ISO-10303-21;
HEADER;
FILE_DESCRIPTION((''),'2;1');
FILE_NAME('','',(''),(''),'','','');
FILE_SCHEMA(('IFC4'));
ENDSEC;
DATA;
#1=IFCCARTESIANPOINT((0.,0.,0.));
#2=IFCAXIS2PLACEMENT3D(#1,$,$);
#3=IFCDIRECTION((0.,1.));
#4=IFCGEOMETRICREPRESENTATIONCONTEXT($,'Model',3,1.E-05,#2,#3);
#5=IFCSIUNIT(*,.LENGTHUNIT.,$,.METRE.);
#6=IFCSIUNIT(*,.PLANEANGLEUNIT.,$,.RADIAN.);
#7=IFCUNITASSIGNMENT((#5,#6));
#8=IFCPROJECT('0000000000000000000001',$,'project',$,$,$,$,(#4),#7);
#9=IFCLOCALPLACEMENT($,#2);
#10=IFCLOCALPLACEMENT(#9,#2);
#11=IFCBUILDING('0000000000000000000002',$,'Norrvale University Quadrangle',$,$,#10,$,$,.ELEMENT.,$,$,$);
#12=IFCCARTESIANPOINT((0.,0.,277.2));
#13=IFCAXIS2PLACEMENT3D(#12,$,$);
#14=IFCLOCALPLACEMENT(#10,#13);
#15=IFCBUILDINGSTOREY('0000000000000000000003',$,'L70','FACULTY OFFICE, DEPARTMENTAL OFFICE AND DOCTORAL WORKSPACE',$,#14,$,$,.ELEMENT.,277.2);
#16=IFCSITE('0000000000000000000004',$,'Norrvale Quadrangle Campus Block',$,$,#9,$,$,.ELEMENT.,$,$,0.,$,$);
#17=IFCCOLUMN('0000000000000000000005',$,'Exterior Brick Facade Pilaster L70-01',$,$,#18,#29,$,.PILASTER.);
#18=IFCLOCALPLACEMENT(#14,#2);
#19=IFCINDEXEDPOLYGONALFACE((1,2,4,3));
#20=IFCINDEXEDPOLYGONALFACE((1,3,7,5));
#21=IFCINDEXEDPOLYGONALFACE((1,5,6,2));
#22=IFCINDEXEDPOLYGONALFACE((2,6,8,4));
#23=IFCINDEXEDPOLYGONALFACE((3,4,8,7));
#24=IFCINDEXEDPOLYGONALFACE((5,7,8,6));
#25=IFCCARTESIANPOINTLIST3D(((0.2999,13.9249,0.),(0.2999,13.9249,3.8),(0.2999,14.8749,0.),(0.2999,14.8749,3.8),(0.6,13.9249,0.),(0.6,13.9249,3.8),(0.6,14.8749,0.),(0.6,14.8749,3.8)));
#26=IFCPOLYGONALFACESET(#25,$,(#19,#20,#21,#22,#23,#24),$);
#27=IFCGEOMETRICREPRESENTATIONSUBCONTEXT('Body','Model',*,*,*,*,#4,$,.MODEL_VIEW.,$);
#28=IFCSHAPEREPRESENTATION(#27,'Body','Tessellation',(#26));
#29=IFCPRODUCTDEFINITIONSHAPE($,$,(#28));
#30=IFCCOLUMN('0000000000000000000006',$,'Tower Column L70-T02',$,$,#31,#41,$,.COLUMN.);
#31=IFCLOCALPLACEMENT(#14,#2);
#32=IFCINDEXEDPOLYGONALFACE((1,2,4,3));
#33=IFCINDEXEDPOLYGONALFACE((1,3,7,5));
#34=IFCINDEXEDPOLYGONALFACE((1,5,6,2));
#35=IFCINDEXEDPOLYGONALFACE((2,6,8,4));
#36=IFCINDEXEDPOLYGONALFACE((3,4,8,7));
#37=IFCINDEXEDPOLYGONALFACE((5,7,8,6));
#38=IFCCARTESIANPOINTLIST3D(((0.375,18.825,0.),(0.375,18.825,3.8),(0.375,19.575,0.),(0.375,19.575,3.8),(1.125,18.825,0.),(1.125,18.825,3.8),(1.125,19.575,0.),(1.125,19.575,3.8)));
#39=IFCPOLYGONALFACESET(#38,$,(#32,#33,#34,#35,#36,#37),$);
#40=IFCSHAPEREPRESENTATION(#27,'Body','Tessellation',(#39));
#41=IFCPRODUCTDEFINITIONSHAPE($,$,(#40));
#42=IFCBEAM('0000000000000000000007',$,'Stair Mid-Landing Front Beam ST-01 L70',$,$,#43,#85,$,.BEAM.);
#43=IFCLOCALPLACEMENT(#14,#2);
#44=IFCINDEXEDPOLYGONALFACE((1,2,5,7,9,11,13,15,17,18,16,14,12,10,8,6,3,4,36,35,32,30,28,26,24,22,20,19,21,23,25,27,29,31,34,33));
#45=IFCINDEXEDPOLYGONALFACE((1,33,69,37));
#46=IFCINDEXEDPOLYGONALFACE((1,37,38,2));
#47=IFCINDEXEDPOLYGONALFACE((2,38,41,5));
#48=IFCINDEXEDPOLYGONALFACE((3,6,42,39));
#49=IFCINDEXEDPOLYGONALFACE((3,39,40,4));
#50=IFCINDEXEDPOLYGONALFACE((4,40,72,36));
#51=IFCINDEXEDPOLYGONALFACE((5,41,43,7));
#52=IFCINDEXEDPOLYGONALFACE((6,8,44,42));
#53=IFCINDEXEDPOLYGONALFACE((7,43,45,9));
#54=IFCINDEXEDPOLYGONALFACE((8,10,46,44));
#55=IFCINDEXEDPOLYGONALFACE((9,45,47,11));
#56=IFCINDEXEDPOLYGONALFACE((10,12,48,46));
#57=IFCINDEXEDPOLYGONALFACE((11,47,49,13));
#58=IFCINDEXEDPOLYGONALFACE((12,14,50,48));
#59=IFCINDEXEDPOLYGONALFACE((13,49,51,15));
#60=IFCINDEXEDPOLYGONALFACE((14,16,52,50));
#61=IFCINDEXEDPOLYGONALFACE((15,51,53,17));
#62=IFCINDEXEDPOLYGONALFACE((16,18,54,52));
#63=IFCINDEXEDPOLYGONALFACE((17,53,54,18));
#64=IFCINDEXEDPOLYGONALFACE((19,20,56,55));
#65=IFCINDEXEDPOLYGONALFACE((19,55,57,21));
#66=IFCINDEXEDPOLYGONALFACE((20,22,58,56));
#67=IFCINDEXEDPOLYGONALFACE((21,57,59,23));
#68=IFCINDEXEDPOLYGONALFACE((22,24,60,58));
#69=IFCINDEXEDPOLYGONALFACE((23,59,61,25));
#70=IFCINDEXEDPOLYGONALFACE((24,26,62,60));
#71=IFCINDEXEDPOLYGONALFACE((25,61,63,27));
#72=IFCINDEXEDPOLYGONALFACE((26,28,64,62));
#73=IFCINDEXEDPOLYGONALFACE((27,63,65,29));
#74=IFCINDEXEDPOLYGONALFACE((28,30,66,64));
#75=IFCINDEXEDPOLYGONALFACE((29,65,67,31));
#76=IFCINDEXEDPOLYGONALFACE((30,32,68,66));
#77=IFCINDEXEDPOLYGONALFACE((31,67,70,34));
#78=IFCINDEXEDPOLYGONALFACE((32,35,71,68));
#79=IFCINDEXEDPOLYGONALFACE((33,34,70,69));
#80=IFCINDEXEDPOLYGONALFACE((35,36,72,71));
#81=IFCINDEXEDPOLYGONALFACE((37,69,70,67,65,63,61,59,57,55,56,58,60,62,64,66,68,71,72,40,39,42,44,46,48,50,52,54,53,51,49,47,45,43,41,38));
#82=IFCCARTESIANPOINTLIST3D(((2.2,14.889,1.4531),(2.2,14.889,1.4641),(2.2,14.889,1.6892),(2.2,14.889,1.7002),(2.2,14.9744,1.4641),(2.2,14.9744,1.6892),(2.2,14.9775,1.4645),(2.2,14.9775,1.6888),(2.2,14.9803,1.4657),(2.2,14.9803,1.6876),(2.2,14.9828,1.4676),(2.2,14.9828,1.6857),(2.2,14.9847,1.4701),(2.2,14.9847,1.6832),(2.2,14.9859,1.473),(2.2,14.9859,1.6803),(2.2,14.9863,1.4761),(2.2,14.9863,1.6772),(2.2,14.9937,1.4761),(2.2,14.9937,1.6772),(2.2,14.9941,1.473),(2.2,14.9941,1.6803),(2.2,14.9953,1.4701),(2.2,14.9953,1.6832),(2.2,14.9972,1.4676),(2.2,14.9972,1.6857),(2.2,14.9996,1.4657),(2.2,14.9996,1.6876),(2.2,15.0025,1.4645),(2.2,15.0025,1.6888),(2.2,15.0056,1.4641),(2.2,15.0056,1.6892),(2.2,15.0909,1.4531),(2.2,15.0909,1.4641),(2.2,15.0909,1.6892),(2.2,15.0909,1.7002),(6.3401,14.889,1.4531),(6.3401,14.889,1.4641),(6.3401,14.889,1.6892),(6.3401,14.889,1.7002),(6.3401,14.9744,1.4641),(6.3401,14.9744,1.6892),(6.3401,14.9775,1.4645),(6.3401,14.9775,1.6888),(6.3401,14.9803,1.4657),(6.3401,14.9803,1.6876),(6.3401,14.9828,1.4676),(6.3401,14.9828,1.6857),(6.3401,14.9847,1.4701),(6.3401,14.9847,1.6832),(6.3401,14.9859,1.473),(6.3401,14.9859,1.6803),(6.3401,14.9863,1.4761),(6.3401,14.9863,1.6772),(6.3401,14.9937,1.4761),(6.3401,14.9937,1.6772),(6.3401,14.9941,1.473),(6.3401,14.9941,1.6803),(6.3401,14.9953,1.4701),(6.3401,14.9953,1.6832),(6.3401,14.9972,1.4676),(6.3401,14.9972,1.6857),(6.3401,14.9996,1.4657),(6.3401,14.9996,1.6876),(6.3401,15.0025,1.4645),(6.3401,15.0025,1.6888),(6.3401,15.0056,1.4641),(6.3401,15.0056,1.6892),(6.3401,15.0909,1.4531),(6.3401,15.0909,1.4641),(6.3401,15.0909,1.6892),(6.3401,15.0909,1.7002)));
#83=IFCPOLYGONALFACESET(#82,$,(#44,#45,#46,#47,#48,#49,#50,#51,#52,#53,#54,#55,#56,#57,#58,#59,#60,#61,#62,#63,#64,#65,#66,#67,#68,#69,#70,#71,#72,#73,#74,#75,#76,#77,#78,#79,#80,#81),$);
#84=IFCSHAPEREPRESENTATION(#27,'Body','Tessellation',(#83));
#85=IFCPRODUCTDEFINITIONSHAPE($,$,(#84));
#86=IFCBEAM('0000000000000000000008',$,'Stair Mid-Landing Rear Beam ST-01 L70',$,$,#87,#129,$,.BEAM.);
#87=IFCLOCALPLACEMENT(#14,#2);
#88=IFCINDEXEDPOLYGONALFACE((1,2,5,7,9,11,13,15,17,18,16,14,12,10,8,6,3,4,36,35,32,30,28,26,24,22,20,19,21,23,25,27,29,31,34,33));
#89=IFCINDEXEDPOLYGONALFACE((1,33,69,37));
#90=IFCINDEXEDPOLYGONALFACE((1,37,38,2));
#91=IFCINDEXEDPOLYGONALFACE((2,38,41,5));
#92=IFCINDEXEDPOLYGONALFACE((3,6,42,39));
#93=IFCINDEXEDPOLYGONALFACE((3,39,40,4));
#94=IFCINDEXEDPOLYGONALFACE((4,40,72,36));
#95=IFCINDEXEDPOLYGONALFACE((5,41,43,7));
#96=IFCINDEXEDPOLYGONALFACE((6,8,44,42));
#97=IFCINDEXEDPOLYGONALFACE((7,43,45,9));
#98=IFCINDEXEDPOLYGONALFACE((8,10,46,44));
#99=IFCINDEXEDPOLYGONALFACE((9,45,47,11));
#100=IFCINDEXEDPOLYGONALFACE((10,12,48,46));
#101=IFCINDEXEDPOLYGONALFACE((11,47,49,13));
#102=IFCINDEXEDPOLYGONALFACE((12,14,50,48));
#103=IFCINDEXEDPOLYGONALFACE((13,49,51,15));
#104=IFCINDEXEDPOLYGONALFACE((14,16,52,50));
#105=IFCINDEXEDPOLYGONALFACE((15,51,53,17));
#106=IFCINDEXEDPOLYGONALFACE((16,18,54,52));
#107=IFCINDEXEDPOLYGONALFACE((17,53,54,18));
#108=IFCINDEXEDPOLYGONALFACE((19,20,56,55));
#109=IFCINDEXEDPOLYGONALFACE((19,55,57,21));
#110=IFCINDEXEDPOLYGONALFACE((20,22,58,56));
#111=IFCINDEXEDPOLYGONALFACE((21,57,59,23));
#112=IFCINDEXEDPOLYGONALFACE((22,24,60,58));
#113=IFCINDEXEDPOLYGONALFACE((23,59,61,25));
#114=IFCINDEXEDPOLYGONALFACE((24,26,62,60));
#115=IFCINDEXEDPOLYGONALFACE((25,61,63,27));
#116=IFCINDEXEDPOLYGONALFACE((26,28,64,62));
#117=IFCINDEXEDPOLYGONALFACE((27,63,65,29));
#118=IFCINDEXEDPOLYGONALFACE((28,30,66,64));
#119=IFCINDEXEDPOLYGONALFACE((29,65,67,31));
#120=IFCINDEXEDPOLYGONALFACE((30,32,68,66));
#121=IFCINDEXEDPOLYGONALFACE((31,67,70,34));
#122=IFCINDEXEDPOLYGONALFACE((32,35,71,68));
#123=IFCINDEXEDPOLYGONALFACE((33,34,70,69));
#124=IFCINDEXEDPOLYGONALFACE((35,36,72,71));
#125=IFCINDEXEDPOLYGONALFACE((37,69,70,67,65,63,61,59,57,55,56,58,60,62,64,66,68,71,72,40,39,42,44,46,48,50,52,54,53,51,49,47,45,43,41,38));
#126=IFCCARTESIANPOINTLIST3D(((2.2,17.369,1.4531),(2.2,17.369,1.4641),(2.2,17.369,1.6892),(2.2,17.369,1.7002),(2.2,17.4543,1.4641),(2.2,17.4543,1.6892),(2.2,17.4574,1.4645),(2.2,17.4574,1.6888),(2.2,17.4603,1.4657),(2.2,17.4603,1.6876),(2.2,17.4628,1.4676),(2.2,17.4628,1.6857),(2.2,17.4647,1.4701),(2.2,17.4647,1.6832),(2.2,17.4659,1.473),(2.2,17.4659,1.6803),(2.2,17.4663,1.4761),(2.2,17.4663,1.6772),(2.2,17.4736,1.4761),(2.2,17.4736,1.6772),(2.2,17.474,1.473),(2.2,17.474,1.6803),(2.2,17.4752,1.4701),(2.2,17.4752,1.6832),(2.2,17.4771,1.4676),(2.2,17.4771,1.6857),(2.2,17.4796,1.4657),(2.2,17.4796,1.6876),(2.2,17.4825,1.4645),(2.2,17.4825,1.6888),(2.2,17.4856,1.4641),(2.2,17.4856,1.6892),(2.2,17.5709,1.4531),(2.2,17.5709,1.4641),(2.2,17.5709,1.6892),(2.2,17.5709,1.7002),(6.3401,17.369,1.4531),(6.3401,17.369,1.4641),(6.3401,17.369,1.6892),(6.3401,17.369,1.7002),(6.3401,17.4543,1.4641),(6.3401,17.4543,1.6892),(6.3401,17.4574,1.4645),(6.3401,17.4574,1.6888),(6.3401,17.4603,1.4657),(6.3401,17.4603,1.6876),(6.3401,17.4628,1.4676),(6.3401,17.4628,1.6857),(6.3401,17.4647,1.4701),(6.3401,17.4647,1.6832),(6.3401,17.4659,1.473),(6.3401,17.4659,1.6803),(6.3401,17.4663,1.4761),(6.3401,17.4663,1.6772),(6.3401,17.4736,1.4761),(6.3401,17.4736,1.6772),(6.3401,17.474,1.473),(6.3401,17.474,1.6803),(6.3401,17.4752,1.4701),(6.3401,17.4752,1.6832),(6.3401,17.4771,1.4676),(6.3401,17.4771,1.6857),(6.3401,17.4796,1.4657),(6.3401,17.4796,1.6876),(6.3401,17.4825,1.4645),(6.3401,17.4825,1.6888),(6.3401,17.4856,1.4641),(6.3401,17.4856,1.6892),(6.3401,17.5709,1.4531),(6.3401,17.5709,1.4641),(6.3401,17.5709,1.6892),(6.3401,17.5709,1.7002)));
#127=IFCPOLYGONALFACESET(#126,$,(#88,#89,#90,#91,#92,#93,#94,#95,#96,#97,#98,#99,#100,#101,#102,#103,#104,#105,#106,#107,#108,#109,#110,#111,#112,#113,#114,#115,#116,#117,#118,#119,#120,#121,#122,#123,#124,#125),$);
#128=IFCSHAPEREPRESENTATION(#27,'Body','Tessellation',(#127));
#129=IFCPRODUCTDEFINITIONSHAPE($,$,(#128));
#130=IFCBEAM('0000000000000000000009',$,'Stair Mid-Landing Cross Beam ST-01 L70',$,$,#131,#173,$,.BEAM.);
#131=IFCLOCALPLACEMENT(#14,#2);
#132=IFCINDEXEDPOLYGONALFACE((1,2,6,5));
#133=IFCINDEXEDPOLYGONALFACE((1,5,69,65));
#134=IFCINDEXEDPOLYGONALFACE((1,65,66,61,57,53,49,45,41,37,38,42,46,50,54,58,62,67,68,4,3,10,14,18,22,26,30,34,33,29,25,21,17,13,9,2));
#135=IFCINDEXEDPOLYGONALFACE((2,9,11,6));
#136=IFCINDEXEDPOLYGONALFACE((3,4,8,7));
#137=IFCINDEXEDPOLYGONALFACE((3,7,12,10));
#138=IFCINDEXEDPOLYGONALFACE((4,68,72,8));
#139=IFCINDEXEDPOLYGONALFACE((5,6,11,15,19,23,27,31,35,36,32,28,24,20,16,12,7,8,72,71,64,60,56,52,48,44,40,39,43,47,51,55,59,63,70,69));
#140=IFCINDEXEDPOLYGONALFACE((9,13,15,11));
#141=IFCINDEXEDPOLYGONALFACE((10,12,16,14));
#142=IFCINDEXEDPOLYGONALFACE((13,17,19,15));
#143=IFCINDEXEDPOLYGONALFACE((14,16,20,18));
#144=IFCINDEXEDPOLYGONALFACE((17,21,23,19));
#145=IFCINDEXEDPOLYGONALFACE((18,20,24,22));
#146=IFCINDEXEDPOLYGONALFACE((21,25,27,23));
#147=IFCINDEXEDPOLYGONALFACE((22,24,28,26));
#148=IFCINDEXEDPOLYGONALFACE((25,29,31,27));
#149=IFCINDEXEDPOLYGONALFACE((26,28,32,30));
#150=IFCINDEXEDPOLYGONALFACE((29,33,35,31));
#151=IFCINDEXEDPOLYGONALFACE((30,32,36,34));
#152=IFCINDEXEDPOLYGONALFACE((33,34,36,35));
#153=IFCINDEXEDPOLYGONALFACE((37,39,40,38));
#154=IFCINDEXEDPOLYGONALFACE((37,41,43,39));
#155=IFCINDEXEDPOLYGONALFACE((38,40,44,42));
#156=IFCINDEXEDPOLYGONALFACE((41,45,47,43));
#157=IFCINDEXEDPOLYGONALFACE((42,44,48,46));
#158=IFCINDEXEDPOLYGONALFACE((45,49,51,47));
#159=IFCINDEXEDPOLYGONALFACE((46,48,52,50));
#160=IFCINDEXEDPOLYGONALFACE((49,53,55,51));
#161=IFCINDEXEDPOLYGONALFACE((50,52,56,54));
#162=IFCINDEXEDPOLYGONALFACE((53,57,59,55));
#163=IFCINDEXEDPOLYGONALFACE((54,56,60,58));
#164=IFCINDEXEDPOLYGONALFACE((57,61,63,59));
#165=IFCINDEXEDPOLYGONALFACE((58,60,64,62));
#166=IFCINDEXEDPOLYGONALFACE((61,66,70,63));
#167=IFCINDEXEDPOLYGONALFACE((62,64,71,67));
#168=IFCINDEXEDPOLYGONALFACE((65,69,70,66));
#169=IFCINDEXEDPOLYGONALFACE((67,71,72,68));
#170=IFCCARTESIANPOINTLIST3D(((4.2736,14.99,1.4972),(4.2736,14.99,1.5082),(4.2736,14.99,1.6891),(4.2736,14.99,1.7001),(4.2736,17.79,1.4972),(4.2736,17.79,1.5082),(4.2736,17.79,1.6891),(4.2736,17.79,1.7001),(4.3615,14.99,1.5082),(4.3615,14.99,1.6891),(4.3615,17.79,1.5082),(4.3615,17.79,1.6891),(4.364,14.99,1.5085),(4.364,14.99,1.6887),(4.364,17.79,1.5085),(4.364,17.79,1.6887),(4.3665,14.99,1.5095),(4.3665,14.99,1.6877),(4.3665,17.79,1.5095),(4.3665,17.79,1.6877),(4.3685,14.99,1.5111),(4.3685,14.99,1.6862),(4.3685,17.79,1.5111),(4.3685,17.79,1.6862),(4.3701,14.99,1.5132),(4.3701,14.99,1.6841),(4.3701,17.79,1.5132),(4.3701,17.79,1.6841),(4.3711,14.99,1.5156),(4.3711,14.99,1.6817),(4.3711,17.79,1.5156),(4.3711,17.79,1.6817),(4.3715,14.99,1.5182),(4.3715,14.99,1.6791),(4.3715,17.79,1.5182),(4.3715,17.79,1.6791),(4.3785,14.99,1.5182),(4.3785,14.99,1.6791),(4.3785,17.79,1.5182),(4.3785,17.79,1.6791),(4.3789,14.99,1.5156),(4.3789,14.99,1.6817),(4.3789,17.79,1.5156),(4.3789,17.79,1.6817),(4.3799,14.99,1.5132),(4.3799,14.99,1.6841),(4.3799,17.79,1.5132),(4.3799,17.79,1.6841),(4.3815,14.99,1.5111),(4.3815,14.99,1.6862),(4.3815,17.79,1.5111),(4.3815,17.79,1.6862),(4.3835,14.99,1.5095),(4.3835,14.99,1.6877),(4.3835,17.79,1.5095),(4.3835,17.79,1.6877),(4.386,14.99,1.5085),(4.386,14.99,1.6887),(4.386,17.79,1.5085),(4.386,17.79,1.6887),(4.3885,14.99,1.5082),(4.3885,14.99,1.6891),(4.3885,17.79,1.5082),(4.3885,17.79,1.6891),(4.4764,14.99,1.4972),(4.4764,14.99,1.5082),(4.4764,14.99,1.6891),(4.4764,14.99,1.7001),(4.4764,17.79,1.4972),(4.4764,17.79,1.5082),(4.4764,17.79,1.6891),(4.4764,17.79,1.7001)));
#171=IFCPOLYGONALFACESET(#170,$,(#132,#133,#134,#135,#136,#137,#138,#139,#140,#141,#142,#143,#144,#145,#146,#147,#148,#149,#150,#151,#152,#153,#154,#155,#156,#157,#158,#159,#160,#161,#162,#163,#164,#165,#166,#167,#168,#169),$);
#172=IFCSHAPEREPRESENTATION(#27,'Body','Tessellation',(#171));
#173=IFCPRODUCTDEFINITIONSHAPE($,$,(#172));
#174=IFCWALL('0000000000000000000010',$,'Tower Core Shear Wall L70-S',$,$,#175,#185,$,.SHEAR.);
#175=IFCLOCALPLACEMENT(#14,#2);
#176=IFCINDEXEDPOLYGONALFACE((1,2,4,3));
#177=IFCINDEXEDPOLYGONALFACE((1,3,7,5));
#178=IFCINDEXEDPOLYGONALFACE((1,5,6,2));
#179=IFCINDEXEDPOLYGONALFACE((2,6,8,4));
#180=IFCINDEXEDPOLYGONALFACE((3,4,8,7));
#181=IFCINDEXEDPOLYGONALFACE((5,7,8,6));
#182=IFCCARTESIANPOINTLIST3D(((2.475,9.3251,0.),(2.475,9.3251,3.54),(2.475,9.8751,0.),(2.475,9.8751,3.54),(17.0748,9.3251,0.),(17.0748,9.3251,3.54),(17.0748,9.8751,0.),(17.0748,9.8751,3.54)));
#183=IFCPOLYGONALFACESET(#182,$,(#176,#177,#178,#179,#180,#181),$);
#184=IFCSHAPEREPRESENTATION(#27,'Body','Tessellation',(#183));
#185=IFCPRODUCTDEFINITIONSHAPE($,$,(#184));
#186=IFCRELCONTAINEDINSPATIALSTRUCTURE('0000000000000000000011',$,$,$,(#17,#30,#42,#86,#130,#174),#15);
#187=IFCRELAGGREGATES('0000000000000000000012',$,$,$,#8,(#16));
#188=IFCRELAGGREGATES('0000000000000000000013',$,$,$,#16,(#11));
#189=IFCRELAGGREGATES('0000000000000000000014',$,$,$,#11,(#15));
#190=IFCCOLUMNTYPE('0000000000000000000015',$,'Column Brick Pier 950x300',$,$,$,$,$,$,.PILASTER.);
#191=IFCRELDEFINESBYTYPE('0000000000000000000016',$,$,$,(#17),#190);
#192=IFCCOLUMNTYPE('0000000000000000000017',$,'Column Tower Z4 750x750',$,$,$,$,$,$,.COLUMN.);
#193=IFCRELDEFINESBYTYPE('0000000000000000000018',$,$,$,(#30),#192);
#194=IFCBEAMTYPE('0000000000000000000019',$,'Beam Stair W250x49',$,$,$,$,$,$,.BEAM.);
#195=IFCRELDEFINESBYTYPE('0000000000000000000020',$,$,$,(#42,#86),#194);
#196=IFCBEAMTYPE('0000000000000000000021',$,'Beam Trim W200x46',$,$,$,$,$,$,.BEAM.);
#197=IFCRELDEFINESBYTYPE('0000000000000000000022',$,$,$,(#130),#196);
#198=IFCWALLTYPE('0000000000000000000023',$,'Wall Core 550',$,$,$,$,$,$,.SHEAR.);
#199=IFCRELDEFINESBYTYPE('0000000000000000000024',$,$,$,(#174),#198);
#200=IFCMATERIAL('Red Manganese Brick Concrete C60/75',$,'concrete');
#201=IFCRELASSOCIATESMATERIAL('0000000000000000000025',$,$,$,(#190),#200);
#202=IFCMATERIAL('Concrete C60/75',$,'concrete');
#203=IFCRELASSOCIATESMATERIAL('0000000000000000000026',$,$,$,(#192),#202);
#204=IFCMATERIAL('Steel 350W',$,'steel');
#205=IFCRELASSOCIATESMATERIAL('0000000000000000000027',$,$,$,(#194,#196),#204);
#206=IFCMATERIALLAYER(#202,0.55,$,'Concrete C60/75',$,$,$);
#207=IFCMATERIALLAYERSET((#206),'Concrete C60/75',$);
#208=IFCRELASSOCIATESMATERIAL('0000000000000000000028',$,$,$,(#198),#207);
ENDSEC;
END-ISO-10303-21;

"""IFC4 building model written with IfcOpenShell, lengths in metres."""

from ifc_helpers import new_model, si_unit, direction, frame, frame_2d, origin, origin_2d, place, context, subcontext, project, spatial, rectangle, i_section, extrude, material, layer, layer_set, material_profile, profile_set, type_object, element, save


model = new_model("IFC4")

# Units and contexts
model_context = context("Model", 3, precision=1e-05, world=origin(), true_north=direction((0.0, 1.0)))
body_context = subcontext(model_context, "Body", "Model", "MODEL_VIEW")
ifc_project = project(units=[si_unit("LENGTHUNIT", "METRE"), si_unit("PLANEANGLEUNIT", "RADIAN")], contexts=[model_context])

# Site, building, storey
site_placement = place(None, origin())
site = spatial("IfcSite", under=ifc_project, at=site_placement, Name="Norrvale Quadrangle Campus Block", CompositionType="ELEMENT", RefElevation=0.0)
building_placement = place(site_placement, origin())
building = spatial("IfcBuilding", under=site, at=building_placement, Name="Norrvale University Quadrangle", CompositionType="ELEMENT")
storey_placement = place(building_placement, frame((0.0, 0.0, 277.2)))
storey = spatial("IfcBuildingStorey", under=building, at=storey_placement, Name="L70", Description="FACULTY OFFICE, DEPARTMENTAL OFFICE AND DOCTORAL WORKSPACE", CompositionType="ELEMENT", Elevation=277.2)

# Columns
ifc_material_1 = material(Name="Red Manganese Brick Concrete C60/75", Category="concrete")
ifc_material_profile_1 = material_profile(ifc_material_1, rectangle(XDim=0.95, YDim=0.3, at=origin_2d()), Name="Red Manganese Brick Concrete C60/75")
ifc_profile_set_1 = profile_set([ifc_material_profile_1], Name="Red Manganese Brick Concrete C60/75")
column_type_1 = type_object("IfcColumnType", Name="Column Brick Pier 950x300", PredefinedType="PILASTER", material=ifc_profile_set_1)
column_1_placement = place(storey_placement, frame((0.45, 14.3999, 0.0), z_axis=(0.0, 0.0, 1.0), x_axis=(0.0, 1.0, 0.0)))
element("IfcColumn", 1, at=column_1_placement, inside=storey, type_object=column_type_1, Name="Exterior Brick Facade Pilaster L70-01", PredefinedType="PILASTER", context=body_context, shape_type="SweptSolid", body=[
    extrude(rectangle(XDim=0.95, YDim=0.3, at=origin_2d()), origin(), (0.0, 0.0, 1.0), 3.8),
])
ifc_material_2 = material(Name="Concrete C60/75", Category="concrete")
ifc_material_profile_2 = material_profile(ifc_material_2, rectangle(XDim=0.75, YDim=0.75, at=origin_2d()), Name="Concrete C60/75")
ifc_profile_set_2 = profile_set([ifc_material_profile_2], Name="Concrete C60/75")
column_type_2 = type_object("IfcColumnType", Name="Column Tower Z4 750x750", PredefinedType="COLUMN", material=ifc_profile_set_2)
column_2_placement = place(storey_placement, frame((0.75, 19.2, 0.0), z_axis=(0.0, 0.0, 1.0), x_axis=(1.0, 0.0, 0.0)))
element("IfcColumn", 2, at=column_2_placement, inside=storey, type_object=column_type_2, Name="Tower Column L70-T02", PredefinedType="COLUMN", context=body_context, shape_type="SweptSolid", body=[
    extrude(rectangle(XDim=0.75, YDim=0.75, at=origin_2d()), origin(), (0.0, 0.0, 1.0), 3.8),
])

# Beams
ifc_material_3 = material(Name="Steel 350W", Category="steel")
ifc_material_profile_3 = material_profile(ifc_material_3, i_section(OverallWidth=0.2019, OverallDepth=0.2471, WebThickness=0.0073, FlangeThickness=0.011, FilletRadius=0.012, at=origin_2d()), Name="Steel 350W")
ifc_profile_set_3 = profile_set([ifc_material_profile_3], Name="Steel 350W")
beam_type_1 = type_object("IfcBeamType", Name="Beam Stair W250x49", PredefinedType="BEAM", material=ifc_profile_set_3)
for number, where, z_axis, x_axis, name in (
    (3, (2.2, 14.99, 1.5767), (1.0, 0.0, 0.0), (0.0, 1.0, 0.0), "Stair Mid-Landing Front Beam ST-01 L70"),
    (4, (2.2, 17.47, 1.5767), (1.0, 0.0, 0.0), (0.0, 1.0, 0.0), "Stair Mid-Landing Rear Beam ST-01 L70"),
):
    element("IfcBeam", number, at=place(storey_placement, frame(where, z_axis=z_axis, x_axis=x_axis)), inside=storey, type_object=beam_type_1, Name=name, PredefinedType="BEAM", context=body_context, shape_type="SweptSolid", body=[
        extrude(i_section(OverallWidth=0.2019, OverallDepth=0.2471, WebThickness=0.0073, FlangeThickness=0.011, FilletRadius=0.012, at=origin_2d()), origin(), (0.0, 0.0, 1.0), 4.1401),
    ])
ifc_material_profile_4 = material_profile(ifc_material_3, i_section(OverallWidth=0.2029, OverallDepth=0.2029, WebThickness=0.0071, FlangeThickness=0.011, FilletRadius=0.01, at=origin_2d()), Name="Steel 350W")
ifc_profile_set_4 = profile_set([ifc_material_profile_4], Name="Steel 350W")
beam_type_2 = type_object("IfcBeamType", Name="Beam Trim W200x46", PredefinedType="BEAM", material=ifc_profile_set_4)
beam_placement = place(storey_placement, frame((4.375, 14.99, 1.5986), z_axis=(0.0, 1.0, 0.0), x_axis=(-1.0, 0.0, 0.0)))
element("IfcBeam", 5, at=beam_placement, inside=storey, type_object=beam_type_2, Name="Stair Mid-Landing Cross Beam ST-01 L70", PredefinedType="BEAM", context=body_context, shape_type="SweptSolid", body=[
    extrude(i_section(OverallWidth=0.2029, OverallDepth=0.2029, WebThickness=0.0071, FlangeThickness=0.011, FilletRadius=0.01, at=origin_2d()), origin(), (0.0, 0.0, 1.0), 2.8),
])

# Wall
ifc_layer_1 = layer(ifc_material_2, 0.55, Name="Concrete C60/75")
ifc_layer_set_1 = layer_set([ifc_layer_1], Name="Concrete C60/75")
wall_type_1 = type_object("IfcWallType", Name="Wall Core 550", PredefinedType="SHEAR", material=ifc_layer_set_1)
wall_1_placement = place(storey_placement, frame((2.4751, 9.6001, 0.0), z_axis=(0.0, 0.0, 1.0), x_axis=(1.0, 0.0, 0.0)))
element("IfcWall", 6, at=wall_1_placement, inside=storey, type_object=wall_type_1, Name="Tower Core Shear Wall L70-S", PredefinedType="SHEAR", context=body_context, shape_type="SweptSolid", body=[
    extrude(rectangle(XDim=14.5999, YDim=0.55, at=frame_2d((7.2998, 0.0))), origin(), (0.0, 0.0, 1.0), 3.54),
])

save(model, "model.ifc")
